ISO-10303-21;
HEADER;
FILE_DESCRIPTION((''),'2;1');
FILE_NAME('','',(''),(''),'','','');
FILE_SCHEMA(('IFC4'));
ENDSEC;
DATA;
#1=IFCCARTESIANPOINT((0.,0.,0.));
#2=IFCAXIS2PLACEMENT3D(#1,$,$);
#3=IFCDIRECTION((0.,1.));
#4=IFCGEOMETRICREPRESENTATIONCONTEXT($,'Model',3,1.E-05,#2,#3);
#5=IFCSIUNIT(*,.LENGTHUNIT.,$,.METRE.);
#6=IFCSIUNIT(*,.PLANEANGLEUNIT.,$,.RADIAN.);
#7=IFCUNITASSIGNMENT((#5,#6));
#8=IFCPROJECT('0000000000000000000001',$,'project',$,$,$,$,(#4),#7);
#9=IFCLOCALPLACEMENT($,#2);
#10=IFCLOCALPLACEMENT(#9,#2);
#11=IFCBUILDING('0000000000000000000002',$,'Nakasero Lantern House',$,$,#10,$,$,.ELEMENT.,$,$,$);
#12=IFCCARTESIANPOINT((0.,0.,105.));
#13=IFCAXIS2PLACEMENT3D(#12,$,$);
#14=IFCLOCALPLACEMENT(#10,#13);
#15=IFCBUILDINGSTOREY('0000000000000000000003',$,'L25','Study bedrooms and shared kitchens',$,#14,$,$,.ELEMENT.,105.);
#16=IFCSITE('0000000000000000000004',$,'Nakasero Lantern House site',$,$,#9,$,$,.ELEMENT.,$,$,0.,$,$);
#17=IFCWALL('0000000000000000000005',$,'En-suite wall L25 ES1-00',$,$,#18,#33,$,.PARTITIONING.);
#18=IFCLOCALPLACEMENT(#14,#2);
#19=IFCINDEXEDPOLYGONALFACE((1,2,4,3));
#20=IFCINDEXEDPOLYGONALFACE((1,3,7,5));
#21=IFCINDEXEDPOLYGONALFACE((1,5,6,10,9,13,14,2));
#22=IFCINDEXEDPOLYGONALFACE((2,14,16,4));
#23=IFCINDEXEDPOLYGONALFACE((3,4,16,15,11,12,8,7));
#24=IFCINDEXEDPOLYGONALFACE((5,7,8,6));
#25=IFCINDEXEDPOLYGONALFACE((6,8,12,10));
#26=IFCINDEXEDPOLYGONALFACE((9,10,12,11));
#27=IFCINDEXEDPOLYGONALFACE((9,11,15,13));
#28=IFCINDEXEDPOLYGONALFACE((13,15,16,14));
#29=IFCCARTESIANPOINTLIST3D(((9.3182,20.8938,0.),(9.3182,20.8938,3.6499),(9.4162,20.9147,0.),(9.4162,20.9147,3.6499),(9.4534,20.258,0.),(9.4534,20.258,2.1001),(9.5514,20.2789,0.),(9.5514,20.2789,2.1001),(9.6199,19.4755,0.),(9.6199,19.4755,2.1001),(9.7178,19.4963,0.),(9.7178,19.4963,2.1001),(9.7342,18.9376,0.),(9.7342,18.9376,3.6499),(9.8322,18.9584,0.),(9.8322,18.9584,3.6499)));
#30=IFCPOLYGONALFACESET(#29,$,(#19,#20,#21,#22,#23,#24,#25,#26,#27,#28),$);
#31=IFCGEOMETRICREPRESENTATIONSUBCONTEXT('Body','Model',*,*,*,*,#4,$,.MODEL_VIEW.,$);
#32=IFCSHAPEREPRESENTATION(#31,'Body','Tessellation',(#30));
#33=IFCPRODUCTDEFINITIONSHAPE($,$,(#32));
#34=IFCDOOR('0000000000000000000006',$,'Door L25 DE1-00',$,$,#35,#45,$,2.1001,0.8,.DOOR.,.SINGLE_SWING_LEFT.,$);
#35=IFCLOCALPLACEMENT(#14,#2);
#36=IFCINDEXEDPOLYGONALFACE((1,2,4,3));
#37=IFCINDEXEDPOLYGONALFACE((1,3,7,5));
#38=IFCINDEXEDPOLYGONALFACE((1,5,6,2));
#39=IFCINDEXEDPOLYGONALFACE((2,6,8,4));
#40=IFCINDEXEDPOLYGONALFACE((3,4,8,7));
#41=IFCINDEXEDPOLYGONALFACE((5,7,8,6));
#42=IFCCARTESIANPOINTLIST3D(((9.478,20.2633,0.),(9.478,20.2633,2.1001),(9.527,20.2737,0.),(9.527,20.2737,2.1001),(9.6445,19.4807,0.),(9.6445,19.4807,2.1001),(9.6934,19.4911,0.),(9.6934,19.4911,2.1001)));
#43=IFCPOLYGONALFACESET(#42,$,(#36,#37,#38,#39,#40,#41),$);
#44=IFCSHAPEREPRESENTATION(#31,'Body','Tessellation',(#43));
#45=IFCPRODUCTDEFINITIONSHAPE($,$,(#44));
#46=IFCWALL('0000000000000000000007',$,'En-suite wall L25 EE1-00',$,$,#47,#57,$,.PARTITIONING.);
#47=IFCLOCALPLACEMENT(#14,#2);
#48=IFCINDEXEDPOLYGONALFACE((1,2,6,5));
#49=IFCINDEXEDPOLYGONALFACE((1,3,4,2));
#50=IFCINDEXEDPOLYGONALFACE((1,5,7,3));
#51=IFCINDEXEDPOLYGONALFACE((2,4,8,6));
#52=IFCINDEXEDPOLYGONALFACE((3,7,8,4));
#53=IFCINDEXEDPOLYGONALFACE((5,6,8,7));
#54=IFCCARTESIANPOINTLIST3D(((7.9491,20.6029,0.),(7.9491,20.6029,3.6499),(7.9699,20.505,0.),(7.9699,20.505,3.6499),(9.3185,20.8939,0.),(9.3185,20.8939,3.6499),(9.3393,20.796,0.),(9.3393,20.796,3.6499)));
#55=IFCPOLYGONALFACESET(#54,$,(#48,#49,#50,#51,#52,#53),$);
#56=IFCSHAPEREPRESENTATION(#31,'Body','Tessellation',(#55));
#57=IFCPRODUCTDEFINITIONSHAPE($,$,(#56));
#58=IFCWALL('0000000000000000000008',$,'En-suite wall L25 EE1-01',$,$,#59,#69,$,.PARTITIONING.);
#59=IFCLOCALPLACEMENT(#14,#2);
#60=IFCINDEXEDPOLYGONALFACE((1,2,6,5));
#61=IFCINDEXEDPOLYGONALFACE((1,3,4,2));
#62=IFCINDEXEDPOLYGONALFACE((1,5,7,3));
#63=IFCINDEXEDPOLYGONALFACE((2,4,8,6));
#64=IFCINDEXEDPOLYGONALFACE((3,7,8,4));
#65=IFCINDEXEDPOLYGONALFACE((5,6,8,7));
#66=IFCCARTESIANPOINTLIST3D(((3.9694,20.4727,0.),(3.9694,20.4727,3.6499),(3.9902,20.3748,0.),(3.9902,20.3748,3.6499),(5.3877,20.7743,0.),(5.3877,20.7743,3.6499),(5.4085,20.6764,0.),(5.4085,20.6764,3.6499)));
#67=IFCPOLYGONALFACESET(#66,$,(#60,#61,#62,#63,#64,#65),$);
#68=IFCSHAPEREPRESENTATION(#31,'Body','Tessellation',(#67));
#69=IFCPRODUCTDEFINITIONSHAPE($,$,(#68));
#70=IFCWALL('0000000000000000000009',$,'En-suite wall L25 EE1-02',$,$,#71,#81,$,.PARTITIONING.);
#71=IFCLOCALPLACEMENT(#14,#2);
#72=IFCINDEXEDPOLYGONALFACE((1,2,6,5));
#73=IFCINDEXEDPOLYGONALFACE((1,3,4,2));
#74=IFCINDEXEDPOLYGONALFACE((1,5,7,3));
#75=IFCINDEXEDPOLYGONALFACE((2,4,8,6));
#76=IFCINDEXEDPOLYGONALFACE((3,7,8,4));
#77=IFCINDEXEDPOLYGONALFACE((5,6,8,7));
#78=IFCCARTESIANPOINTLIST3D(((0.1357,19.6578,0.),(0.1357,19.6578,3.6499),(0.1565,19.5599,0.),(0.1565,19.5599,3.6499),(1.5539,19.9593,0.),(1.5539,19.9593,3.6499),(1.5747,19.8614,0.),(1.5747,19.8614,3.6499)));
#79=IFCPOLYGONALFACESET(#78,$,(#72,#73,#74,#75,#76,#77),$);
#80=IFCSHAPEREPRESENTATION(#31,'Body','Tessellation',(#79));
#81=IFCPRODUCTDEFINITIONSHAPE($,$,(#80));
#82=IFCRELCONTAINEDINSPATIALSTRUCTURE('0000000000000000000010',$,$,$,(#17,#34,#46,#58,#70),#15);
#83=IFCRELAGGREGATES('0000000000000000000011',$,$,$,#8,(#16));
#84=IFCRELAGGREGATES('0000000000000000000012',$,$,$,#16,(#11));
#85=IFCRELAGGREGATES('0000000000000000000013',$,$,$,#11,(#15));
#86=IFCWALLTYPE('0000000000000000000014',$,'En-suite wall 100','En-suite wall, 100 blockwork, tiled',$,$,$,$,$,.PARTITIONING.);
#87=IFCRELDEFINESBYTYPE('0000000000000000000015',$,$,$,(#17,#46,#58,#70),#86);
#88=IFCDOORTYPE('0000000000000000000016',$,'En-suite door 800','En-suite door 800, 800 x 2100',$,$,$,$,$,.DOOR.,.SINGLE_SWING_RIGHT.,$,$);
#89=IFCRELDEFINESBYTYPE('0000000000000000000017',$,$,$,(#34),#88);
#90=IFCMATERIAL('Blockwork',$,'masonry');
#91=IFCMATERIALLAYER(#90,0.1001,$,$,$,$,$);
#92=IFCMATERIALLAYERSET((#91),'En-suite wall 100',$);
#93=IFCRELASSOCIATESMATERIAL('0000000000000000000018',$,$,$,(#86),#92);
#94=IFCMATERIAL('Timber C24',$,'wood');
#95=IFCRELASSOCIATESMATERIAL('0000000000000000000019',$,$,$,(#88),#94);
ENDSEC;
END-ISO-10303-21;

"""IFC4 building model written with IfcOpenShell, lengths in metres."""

from ifc_helpers import new_model, si_unit, direction, frame, frame_2d, origin, place, context, subcontext, project, spatial, rectangle, extrude, material, layer, layer_set, type_object, element, fill, save


model = new_model("IFC4")

# Units and contexts
model_context = context("Model", 3, precision=1e-05, world=origin(), true_north=direction((0.0, 1.0)))
body_context = subcontext(model_context, "Body", "Model", "MODEL_VIEW")
ifc_project = project(units=[si_unit("LENGTHUNIT", "METRE"), si_unit("PLANEANGLEUNIT", "RADIAN")], contexts=[model_context])

# Site, building, storey
site_placement = place(None, origin())
site = spatial("IfcSite", under=ifc_project, at=site_placement, Name="Nakasero Lantern House site", CompositionType="ELEMENT", RefElevation=0.0)
building_placement = place(site_placement, origin())
building = spatial("IfcBuilding", under=site, at=building_placement, Name="Nakasero Lantern House", CompositionType="ELEMENT")
storey_placement = place(building_placement, frame((0.0, 0.0, 105.0)))
storey = spatial("IfcBuildingStorey", under=building, at=storey_placement, Name="L25", Description="Study bedrooms and shared kitchens", CompositionType="ELEMENT", Elevation=105.0)

# Shared definitions
ifc_material_1 = material(Name="Blockwork", Category="masonry")
ifc_layer_1 = layer(ifc_material_1, 0.1001)
ifc_layer_set_1 = layer_set([ifc_layer_1], Name="En-suite wall 100")
wall_type_1 = type_object("IfcWallType", Name="En-suite wall 100", Description="En-suite wall, 100 blockwork, tiled", PredefinedType="PARTITIONING", material=ifc_layer_set_1)

# Wall, opening, door
wall_1_placement = place(storey_placement, frame((9.7832, 18.948, 0.0), z_axis=(0.0, 0.0, 1.0), x_axis=(-0.208003, 0.978128, 0.0)))
wall_1 = element("IfcWall", 1, at=wall_1_placement, inside=storey, type_object=wall_type_1, Name="En-suite wall L25 ES1-00", PredefinedType="PARTITIONING", context=body_context, shape_type="SweptSolid", body=[
    extrude(rectangle(XDim=2.0, YDim=0.1001, at=frame_2d((1.0, 0.0))), origin(), (0.0, 0.0, 1.0), 3.6499),
])
opening_1_placement = place(wall_1_placement, frame((0.55, 0.0, 0.0)))
opening_1 = element("IfcOpeningElement", 2, at=opening_1_placement, cuts=wall_1, PredefinedType="OPENING", context=body_context, shape_type="SweptSolid", body=[
    extrude(rectangle(XDim=0.8, YDim=2.1001, at=frame_2d((0.3999, 1.05))), frame((0.0, 0.0701, 0.0), z_axis=(0.0, -1.0, 0.0), x_axis=(1.0, 0.0, 0.0)), (0.0, 0.0, 1.0), 0.1401),
])
ifc_material_2 = material(Name="Timber C24", Category="wood")
door_type_1 = type_object("IfcDoorType", Name="En-suite door 800", Description="En-suite door 800, 800 x 2100", OperationType="SINGLE_SWING_RIGHT", PredefinedType="DOOR", material=ifc_material_2)
door_1_placement = place(opening_1_placement, origin())
door_1 = element("IfcDoor", 3, at=door_1_placement, inside=storey, type_object=door_type_1, Name="Door L25 DE1-00", OperationType="SINGLE_SWING_LEFT", OverallHeight=2.1001, OverallWidth=0.8, PredefinedType="DOOR", context=body_context, shape_type="SweptSolid", body=[
    extrude(rectangle(XDim=0.8, YDim=2.1001, at=frame_2d((0.3999, 1.05))), frame((0.0, 0.0249, 0.0), z_axis=(0.0, -1.0, 0.0), x_axis=(1.0, 0.0, 0.0)), (0.0, 0.0, 1.0), 0.05),
])
fill(opening_1, door_1)

# Walls
wall_2_placement = place(storey_placement, frame((9.3289, 20.845, 0.0), z_axis=(0.0, 0.0, 1.0), x_axis=(-0.978156, -0.207873, 0.0)))
element("IfcWall", 4, at=wall_2_placement, inside=storey, type_object=wall_type_1, Name="En-suite wall L25 EE1-00", PredefinedType="PARTITIONING", context=body_context, shape_type="SweptSolid", body=[
    extrude(rectangle(XDim=1.3999, YDim=0.1001, at=frame_2d((0.7, 0.0))), origin(), (0.0, 0.0, 1.0), 3.6499),
])
for number, where, z_axis, x_axis, name in (
    (5, (5.3982, 20.7253, 0.0), (0.0, 0.0, 1.0), (-0.978139, -0.207953, 0.0), "En-suite wall L25 EE1-01"),
    (6, (1.5645, 19.9104, 0.0), (0.0, 0.0, 1.0), (-0.978139, -0.207953, 0.0), "En-suite wall L25 EE1-02"),
):
    element("IfcWall", number, at=place(storey_placement, frame(where, z_axis=z_axis, x_axis=x_axis)), inside=storey, type_object=wall_type_1, Name=name, PredefinedType="PARTITIONING", context=body_context, shape_type="SweptSolid", body=[
        extrude(rectangle(XDim=1.45, YDim=0.1001, at=frame_2d((0.7251, 0.0))), origin(), (0.0, 0.0, 1.0), 3.6499),
    ])

save(model, "model.ifc")
